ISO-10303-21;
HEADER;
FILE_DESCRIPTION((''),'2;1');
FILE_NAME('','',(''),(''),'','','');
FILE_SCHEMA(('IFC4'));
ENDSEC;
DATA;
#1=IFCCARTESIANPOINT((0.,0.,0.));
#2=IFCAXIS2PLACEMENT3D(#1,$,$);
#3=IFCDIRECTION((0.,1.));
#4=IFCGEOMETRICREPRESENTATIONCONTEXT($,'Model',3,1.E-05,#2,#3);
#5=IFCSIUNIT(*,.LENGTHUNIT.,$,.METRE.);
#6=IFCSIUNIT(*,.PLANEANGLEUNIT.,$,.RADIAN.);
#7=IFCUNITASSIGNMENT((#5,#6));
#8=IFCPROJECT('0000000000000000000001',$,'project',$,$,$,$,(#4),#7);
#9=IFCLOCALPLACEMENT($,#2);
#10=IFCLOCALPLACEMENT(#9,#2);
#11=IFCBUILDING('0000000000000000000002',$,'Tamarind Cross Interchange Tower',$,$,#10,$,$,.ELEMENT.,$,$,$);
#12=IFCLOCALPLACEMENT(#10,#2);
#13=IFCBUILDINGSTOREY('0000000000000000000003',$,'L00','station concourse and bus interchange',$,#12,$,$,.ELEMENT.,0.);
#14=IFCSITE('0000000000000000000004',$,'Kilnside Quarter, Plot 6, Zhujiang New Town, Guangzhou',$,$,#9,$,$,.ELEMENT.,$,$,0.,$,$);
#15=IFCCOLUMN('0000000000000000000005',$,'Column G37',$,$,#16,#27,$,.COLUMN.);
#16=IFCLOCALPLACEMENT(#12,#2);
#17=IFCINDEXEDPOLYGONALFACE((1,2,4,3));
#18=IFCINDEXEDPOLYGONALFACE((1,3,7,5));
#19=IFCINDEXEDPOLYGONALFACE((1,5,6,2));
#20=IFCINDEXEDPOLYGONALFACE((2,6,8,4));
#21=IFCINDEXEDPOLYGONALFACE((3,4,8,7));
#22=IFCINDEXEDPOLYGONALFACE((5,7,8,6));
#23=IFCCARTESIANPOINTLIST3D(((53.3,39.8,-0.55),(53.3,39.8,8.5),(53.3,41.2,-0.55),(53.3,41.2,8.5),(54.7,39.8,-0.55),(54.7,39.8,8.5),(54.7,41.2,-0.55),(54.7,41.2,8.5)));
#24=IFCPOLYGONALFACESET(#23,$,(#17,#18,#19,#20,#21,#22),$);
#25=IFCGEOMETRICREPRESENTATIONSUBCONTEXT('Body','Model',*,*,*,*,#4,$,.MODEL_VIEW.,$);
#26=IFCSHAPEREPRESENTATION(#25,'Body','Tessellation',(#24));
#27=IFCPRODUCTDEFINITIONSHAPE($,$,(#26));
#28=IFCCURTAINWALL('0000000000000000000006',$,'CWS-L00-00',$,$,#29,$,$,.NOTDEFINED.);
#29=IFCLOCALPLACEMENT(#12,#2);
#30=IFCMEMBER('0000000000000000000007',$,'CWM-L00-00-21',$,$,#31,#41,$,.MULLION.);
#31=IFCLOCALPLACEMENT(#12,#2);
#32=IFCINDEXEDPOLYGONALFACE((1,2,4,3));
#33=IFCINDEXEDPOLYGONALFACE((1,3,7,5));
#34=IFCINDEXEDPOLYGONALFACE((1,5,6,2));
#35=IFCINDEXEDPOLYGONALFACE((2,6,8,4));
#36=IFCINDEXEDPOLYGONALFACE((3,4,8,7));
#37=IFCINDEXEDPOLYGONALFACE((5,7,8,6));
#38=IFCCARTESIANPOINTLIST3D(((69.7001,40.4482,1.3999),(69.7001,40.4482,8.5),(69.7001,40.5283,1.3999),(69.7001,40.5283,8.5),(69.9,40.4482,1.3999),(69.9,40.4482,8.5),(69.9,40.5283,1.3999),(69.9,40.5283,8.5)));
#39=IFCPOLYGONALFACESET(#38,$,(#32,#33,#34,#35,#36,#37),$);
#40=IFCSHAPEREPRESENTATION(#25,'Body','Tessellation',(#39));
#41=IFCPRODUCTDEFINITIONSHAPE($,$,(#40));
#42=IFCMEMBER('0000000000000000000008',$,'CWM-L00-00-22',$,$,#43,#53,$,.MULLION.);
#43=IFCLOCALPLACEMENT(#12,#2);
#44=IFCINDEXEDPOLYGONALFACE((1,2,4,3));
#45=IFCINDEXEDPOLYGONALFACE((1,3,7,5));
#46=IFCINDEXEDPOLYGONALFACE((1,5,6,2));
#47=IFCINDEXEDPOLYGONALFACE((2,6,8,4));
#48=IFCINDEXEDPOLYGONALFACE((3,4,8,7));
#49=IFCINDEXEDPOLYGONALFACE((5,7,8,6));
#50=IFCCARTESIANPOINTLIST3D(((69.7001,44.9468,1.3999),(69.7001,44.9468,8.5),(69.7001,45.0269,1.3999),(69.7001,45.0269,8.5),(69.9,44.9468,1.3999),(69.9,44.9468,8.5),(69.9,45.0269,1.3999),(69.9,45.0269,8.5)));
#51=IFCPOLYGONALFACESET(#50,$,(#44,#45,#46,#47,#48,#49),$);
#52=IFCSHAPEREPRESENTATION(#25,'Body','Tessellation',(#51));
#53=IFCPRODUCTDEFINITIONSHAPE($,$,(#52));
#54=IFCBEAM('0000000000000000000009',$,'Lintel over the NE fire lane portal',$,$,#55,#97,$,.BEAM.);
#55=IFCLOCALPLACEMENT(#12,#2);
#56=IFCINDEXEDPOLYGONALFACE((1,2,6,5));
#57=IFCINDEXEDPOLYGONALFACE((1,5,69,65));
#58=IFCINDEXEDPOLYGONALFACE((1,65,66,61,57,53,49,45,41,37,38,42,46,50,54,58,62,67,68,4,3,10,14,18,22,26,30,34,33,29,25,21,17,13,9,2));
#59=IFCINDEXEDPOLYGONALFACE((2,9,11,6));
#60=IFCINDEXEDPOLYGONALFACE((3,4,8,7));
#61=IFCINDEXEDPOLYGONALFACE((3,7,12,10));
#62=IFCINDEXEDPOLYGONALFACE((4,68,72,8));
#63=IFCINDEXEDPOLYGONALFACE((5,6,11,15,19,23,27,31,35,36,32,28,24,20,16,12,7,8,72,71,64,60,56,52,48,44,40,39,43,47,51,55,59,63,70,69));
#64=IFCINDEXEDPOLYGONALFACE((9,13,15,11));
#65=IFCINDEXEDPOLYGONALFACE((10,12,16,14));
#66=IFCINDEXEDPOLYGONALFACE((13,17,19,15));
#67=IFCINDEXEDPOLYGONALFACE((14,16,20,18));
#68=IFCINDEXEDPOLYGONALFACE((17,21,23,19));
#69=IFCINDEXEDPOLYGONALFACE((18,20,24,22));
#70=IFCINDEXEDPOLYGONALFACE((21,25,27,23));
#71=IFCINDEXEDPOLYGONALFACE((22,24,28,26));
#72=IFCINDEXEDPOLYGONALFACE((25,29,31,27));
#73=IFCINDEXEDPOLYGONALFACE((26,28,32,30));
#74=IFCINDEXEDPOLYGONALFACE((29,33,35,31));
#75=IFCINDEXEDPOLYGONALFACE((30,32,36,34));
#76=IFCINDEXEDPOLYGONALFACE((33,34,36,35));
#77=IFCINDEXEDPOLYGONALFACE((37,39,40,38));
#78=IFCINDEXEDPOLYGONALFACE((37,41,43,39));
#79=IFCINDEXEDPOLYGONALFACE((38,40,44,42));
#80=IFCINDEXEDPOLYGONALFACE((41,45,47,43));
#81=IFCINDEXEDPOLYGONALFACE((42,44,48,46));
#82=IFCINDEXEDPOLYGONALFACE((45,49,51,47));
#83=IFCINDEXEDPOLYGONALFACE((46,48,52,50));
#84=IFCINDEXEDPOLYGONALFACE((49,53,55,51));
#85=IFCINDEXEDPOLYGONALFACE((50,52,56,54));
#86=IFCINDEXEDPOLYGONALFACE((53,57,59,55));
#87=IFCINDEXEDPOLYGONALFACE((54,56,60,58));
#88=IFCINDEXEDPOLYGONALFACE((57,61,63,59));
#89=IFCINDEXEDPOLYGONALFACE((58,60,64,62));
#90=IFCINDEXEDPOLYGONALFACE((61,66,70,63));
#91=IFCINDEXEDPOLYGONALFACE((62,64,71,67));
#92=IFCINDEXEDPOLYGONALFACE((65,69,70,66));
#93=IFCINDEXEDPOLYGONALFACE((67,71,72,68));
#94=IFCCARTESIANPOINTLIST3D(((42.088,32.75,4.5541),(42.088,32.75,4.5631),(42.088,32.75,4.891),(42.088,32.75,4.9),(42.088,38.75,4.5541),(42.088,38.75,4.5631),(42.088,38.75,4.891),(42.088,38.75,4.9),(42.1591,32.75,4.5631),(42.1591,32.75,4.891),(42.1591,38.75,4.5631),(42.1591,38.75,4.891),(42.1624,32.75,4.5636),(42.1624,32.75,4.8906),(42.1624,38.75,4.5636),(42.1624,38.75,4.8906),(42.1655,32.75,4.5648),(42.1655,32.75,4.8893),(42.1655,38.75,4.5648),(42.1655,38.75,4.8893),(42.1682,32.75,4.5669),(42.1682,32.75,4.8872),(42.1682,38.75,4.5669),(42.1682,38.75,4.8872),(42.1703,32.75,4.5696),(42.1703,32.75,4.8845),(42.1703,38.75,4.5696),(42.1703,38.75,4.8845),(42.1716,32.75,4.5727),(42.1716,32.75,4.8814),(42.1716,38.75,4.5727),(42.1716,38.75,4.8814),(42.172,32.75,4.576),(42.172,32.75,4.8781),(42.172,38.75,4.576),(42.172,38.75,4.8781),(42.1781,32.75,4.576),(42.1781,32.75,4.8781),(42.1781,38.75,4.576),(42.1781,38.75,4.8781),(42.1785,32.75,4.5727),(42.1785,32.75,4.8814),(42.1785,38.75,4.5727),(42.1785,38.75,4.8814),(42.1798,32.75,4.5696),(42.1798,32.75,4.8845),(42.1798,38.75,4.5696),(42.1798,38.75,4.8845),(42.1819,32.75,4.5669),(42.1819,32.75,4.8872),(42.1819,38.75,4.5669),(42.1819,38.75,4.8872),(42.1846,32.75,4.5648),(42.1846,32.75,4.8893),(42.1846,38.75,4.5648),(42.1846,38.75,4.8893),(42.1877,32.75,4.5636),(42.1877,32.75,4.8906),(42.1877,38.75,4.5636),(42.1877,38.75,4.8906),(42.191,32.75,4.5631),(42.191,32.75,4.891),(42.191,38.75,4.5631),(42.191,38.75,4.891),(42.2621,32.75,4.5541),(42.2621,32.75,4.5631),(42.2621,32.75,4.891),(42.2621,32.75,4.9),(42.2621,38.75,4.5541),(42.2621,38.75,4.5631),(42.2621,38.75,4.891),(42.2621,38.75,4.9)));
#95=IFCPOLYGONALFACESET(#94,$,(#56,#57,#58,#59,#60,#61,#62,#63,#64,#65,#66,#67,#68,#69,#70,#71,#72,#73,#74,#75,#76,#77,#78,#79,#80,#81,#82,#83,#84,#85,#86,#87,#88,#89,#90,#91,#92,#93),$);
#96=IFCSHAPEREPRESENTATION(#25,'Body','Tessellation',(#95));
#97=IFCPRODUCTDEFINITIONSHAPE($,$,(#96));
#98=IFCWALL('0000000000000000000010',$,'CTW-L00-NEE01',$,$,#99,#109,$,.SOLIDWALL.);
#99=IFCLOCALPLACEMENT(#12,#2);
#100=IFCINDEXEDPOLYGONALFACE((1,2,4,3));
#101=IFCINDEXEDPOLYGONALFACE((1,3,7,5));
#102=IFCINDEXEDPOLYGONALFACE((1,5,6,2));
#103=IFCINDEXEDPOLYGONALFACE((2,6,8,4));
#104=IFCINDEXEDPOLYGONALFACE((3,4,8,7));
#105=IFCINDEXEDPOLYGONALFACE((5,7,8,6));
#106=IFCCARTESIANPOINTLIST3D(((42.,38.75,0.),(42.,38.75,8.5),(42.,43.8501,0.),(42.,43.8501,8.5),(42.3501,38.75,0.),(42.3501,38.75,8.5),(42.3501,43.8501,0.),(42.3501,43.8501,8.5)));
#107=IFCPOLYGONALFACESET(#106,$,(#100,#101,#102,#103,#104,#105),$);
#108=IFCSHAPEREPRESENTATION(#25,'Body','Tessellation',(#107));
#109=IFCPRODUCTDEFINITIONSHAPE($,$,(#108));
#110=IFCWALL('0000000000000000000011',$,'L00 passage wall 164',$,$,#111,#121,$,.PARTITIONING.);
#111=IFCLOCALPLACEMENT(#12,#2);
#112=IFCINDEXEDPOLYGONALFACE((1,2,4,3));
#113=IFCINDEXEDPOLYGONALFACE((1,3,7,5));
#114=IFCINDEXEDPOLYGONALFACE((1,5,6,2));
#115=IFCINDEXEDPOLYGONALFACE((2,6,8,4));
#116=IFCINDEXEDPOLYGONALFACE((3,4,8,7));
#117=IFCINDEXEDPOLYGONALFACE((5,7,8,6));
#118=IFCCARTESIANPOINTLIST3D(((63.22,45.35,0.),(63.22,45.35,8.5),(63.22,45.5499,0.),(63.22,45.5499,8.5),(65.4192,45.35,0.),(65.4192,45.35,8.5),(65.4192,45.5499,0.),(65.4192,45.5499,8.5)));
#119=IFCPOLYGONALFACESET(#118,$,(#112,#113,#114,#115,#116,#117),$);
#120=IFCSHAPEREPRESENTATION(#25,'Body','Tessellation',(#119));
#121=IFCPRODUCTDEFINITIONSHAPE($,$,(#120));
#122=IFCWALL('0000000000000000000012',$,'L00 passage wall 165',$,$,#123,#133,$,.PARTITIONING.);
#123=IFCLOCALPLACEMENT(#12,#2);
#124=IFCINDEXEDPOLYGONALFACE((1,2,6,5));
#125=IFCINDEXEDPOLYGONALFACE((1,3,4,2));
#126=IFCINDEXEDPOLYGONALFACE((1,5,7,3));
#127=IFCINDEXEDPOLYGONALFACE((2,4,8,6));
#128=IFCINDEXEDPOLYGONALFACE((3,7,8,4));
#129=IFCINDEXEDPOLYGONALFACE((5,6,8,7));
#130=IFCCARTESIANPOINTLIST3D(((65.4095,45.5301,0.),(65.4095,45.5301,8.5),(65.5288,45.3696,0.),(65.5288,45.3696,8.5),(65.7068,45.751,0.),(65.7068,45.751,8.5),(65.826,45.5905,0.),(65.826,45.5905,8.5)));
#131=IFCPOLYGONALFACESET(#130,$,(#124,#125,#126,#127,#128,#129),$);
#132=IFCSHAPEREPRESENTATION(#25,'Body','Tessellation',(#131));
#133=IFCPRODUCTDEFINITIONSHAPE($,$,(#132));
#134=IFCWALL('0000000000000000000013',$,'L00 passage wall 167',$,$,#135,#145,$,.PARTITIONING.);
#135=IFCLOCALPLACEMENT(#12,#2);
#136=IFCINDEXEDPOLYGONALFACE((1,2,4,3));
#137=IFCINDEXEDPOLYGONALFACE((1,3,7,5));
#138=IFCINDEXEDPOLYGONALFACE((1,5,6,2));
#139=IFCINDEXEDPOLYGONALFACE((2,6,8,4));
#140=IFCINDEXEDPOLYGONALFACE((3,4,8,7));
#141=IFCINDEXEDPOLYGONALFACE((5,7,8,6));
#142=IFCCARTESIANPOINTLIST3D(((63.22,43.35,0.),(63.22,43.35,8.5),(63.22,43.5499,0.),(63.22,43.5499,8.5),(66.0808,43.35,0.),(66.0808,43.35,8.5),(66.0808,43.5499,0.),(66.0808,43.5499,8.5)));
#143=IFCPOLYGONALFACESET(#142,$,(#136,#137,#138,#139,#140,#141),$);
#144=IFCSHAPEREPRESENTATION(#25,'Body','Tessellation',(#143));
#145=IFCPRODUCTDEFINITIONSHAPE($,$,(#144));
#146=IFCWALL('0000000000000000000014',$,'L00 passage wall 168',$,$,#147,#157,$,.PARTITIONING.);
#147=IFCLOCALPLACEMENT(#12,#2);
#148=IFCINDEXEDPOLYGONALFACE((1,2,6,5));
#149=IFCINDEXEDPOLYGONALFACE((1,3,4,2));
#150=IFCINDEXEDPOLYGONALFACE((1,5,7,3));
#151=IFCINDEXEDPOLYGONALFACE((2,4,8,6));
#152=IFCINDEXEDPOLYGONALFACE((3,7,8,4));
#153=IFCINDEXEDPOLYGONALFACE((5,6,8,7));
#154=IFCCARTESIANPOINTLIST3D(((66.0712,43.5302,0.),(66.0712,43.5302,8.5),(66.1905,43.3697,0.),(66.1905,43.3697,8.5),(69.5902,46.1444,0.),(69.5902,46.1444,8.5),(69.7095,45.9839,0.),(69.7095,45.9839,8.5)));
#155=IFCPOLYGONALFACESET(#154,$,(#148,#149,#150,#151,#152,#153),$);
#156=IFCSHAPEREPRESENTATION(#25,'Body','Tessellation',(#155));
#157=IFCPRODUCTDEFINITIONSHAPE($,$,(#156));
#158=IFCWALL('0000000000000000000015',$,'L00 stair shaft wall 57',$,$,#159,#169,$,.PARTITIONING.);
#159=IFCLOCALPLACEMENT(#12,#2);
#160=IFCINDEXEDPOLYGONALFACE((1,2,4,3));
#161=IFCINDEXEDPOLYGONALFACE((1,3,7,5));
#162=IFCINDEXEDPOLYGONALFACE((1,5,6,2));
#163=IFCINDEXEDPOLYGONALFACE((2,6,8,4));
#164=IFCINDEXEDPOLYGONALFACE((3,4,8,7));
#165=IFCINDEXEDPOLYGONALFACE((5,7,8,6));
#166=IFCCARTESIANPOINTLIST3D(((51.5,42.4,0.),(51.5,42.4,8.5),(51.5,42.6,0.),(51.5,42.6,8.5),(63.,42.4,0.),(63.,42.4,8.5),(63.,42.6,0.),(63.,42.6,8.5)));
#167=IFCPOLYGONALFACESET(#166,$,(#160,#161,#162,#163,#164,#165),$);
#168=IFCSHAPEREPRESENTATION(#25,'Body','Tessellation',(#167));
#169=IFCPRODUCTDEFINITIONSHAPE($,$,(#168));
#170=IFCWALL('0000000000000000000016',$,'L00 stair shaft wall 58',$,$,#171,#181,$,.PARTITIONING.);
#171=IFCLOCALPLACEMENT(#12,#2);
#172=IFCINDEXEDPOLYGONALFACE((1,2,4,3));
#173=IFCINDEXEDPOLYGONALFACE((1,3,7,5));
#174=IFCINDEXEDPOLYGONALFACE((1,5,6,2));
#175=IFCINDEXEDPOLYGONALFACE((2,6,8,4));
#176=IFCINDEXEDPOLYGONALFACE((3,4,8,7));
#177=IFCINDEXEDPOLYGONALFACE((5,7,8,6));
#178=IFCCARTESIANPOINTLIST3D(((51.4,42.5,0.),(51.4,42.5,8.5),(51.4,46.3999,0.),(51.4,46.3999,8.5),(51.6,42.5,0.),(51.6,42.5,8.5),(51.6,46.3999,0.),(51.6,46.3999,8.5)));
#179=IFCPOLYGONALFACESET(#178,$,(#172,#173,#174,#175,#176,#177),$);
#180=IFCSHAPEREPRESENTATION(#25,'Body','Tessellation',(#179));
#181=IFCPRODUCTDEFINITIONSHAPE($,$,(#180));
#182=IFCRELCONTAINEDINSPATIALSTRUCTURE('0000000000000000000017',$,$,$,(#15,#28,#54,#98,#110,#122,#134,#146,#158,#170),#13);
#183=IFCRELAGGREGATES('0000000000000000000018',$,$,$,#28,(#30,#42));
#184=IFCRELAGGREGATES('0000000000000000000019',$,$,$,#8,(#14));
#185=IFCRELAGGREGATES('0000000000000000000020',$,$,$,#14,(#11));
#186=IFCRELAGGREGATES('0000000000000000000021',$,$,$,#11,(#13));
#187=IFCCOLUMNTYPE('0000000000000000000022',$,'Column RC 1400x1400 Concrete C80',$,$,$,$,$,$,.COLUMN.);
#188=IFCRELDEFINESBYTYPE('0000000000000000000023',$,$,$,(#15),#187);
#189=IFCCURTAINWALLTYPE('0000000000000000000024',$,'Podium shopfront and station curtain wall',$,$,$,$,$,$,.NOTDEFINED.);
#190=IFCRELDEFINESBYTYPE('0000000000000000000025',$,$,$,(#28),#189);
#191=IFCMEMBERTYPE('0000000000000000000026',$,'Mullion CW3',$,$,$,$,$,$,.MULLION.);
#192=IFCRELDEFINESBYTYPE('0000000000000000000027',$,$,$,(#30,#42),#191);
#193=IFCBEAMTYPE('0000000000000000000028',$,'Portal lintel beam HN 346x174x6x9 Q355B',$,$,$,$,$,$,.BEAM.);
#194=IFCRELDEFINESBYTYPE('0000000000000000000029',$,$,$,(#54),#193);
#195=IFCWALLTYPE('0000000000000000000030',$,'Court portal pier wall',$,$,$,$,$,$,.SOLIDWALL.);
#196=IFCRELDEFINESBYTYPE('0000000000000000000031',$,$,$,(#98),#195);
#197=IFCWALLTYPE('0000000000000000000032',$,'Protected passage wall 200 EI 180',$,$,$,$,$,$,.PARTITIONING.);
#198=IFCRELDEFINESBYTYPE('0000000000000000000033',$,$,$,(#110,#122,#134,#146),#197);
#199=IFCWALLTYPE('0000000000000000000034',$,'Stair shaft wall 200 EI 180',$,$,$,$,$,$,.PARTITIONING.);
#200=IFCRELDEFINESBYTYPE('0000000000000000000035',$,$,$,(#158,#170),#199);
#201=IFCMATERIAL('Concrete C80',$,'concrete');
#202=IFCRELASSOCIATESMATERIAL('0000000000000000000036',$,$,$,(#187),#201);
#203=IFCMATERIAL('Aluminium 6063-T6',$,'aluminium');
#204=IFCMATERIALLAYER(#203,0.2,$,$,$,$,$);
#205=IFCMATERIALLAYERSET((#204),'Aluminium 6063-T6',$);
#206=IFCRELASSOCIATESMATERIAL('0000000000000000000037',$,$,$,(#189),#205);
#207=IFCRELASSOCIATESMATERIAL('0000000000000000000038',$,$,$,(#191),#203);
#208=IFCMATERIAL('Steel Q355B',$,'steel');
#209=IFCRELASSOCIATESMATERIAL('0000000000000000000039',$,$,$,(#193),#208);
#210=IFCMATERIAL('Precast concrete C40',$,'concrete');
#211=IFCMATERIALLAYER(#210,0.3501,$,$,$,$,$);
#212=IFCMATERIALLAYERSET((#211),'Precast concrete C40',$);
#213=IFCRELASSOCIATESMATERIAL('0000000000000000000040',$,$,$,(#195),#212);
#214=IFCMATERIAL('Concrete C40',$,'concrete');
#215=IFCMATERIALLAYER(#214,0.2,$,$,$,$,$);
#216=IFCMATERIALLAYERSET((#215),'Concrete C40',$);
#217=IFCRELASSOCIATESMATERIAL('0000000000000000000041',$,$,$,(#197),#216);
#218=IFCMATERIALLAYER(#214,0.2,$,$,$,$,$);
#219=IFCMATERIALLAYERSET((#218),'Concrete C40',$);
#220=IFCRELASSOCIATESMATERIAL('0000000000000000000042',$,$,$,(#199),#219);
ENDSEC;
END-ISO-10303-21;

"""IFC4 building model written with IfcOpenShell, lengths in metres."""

from ifc_helpers import new_model, si_unit, direction, frame, frame_2d, origin, origin_2d, place, context, subcontext, project, spatial, rectangle, i_section, extrude, material, layer, layer_set, material_profile, profile_set, type_object, element, aggregate, save


model = new_model("IFC4")

# Units and contexts
model_context = context("Model", 3, precision=1e-05, world=origin(), true_north=direction((0.0, 1.0)))
body_context = subcontext(model_context, "Body", "Model", "MODEL_VIEW")
ifc_project = project(units=[si_unit("LENGTHUNIT", "METRE"), si_unit("PLANEANGLEUNIT", "RADIAN")], contexts=[model_context])

# Site, building, storey
site_placement = place(None, origin())
site = spatial("IfcSite", under=ifc_project, at=site_placement, Name="Kilnside Quarter, Plot 6, Zhujiang New Town, Guangzhou", CompositionType="ELEMENT", RefElevation=0.0)
building_placement = place(site_placement, origin())
building = spatial("IfcBuilding", under=site, at=building_placement, Name="Tamarind Cross Interchange Tower", CompositionType="ELEMENT")
storey_placement = place(building_placement, origin())
storey = spatial("IfcBuildingStorey", under=building, at=storey_placement, Name="L00", Description="station concourse and bus interchange", CompositionType="ELEMENT", Elevation=0.0)

# Column
ifc_material_1 = material(Name="Concrete C80", Category="concrete")
ifc_material_profile_1 = material_profile(ifc_material_1, rectangle(XDim=1.3999, YDim=1.3999, at=origin_2d()), Name="RC 1400x1400")
ifc_profile_set_1 = profile_set([ifc_material_profile_1], Name="Concrete C80")
column_type = type_object("IfcColumnType", Name="Column RC 1400x1400 Concrete C80", PredefinedType="COLUMN", material=ifc_profile_set_1)
column_placement = place(storey_placement, frame((54.0, 40.5, -0.55), z_axis=(0.0, 0.0, 1.0), x_axis=(1.0, 0.0, 0.0)))
element("IfcColumn", 1, at=column_placement, inside=storey, type_object=column_type, Name="Column G37", PredefinedType="COLUMN", context=body_context, shape_type="SweptSolid", body=[
    extrude(rectangle(XDim=1.3999, YDim=1.3999, at=origin_2d()), origin(), (0.0, 0.0, 1.0), 9.05),
])

# Curtain wall, members
ifc_material_2 = material(Name="Aluminium 6063-T6", Category="aluminium")
ifc_layer_1 = layer(ifc_material_2, 0.2)
ifc_layer_set_1 = layer_set([ifc_layer_1], Name="Aluminium 6063-T6")
curtain_wall_type = type_object("IfcCurtainWallType", Name="Podium shopfront and station curtain wall", PredefinedType="NOTDEFINED", material=ifc_layer_set_1)
curtain_wall_placement = place(storey_placement, origin())
curtain_wall = element("IfcCurtainWall", 2, at=curtain_wall_placement, inside=storey, type_object=curtain_wall_type, Name="CWS-L00-00", PredefinedType="NOTDEFINED")
ifc_material_profile_2 = material_profile(ifc_material_2, rectangle(XDim=0.0801, YDim=0.2, at=origin_2d()), Name="Mullion CW3")
ifc_profile_set_2 = profile_set([ifc_material_profile_2], Name="Aluminium 6063-T6")
member_type = type_object("IfcMemberType", Name="Mullion CW3", PredefinedType="MULLION", material=ifc_profile_set_2)
member_1_placement = place(storey_placement, frame((69.8, 40.4883, 1.3999), z_axis=(0.0, 0.0, 1.0), x_axis=(0.0, 1.0, 0.0)))
member_1 = element("IfcMember", 3, at=member_1_placement, type_object=member_type, Name="CWM-L00-00-21", PredefinedType="MULLION", context=body_context, shape_type="SweptSolid", body=[
    extrude(rectangle(XDim=0.0801, YDim=0.2, at=origin_2d()), origin(), (0.0, 0.0, 1.0), 7.1001),
])
member_2_placement = place(storey_placement, frame((69.8, 44.9868, 1.3999), z_axis=(0.0, 0.0, 1.0), x_axis=(0.0, 1.0, 0.0)))
member_2 = element("IfcMember", 4, at=member_2_placement, type_object=member_type, Name="CWM-L00-00-22", PredefinedType="MULLION", context=body_context, shape_type="SweptSolid", body=[
    extrude(rectangle(XDim=0.0801, YDim=0.2, at=origin_2d()), origin(), (0.0, 0.0, 1.0), 7.1001),
])
aggregate(curtain_wall, [member_1, member_2])

# Beam
ifc_material_3 = material(Name="Steel Q355B", Category="steel")
ifc_material_profile_3 = material_profile(ifc_material_3, i_section(OverallWidth=0.1741, OverallDepth=0.3459, WebThickness=0.0061, FlangeThickness=0.009, FilletRadius=0.0129, at=origin_2d()), Name="HN 346x174x6x9")
ifc_profile_set_3 = profile_set([ifc_material_profile_3], Name="Steel Q355B")
beam_type = type_object("IfcBeamType", Name="Portal lintel beam HN 346x174x6x9 Q355B", PredefinedType="BEAM", material=ifc_profile_set_3)
beam_placement = place(storey_placement, frame((42.175, 32.75, 4.7271), z_axis=(0.0, 1.0, 0.0), x_axis=(-1.0, 0.0, 0.0)))
element("IfcBeam", 5, at=beam_placement, inside=storey, type_object=beam_type, Name="Lintel over the NE fire lane portal", PredefinedType="BEAM", context=body_context, shape_type="SweptSolid", body=[
    extrude(i_section(OverallWidth=0.1741, OverallDepth=0.3459, WebThickness=0.0061, FlangeThickness=0.009, FilletRadius=0.0129, at=origin_2d()), origin(), (0.0, 0.0, 1.0), 6.0),
])

# Wall
ifc_material_4 = material(Name="Precast concrete C40", Category="concrete")
ifc_layer_2 = layer(ifc_material_4, 0.3501)
ifc_layer_set_2 = layer_set([ifc_layer_2], Name="Precast concrete C40")
wall_type_1 = type_object("IfcWallType", Name="Court portal pier wall", PredefinedType="SOLIDWALL", material=ifc_layer_set_2)
wall_1_placement = place(storey_placement, frame((42.175, 38.75, 0.0), z_axis=(0.0, 0.0, 1.0), x_axis=(0.0, 1.0, 0.0)))
element("IfcWall", 6, at=wall_1_placement, inside=storey, type_object=wall_type_1, Name="CTW-L00-NEE01", PredefinedType="SOLIDWALL", context=body_context, shape_type="SweptSolid", body=[
    extrude(rectangle(XDim=5.1001, YDim=0.3501, at=frame_2d((2.55, 0.0))), origin(), (0.0, 0.0, 1.0), 8.5),
])

# Walls
ifc_material_5 = material(Name="Concrete C40", Category="concrete")
ifc_layer_3 = layer(ifc_material_5, 0.2)
ifc_layer_set_3 = layer_set([ifc_layer_3], Name="Concrete C40")
wall_type_2 = type_object("IfcWallType", Name="Protected passage wall 200 EI 180", PredefinedType="PARTITIONING", material=ifc_layer_set_3)
wall_2_placement = place(storey_placement, frame((63.22, 45.45, 0.0), z_axis=(0.0, 0.0, 1.0), x_axis=(1.0, 0.0, 0.0)))
element("IfcWall", 7, at=wall_2_placement, inside=storey, type_object=wall_type_2, Name="L00 passage wall 164", PredefinedType="PARTITIONING", context=body_context, shape_type="SweptSolid", body=[
    extrude(rectangle(XDim=2.1992, YDim=0.2, at=frame_2d((1.0996, 0.0))), origin(), (0.0, 0.0, 1.0), 8.5),
])
wall_3_placement = place(storey_placement, frame((65.4692, 45.45, 0.0), z_axis=(0.0, 0.0, 1.0), x_axis=(0.802681, 0.596409, 0.0)))
element("IfcWall", 8, at=wall_3_placement, inside=storey, type_object=wall_type_2, Name="L00 passage wall 165", PredefinedType="PARTITIONING", context=body_context, shape_type="SweptSolid", body=[
    extrude(rectangle(XDim=0.3704, YDim=0.2, at=frame_2d((0.1851, 0.0))), origin(), (0.0, 0.0, 1.0), 8.5),
])
wall_4_placement = place(storey_placement, frame((63.22, 43.45, 0.0), z_axis=(0.0, 0.0, 1.0), x_axis=(1.0, 0.0, 0.0)))
element("IfcWall", 9, at=wall_4_placement, inside=storey, type_object=wall_type_2, Name="L00 passage wall 167", PredefinedType="PARTITIONING", context=body_context, shape_type="SweptSolid", body=[
    extrude(rectangle(XDim=2.8608, YDim=0.2, at=frame_2d((1.4304, 0.0))), origin(), (0.0, 0.0, 1.0), 8.5),
])
wall_5_placement = place(storey_placement, frame((66.1309, 43.45, 0.0), z_axis=(0.0, 0.0, 1.0), x_axis=(0.802732, 0.59634, 0.0)))
element("IfcWall", 10, at=wall_5_placement, inside=storey, type_object=wall_type_2, Name="L00 passage wall 168", PredefinedType="PARTITIONING", context=body_context, shape_type="SweptSolid", body=[
    extrude(rectangle(XDim=4.3838, YDim=0.2, at=frame_2d((2.1919, 0.0))), origin(), (0.0, 0.0, 1.0), 8.5),
])
ifc_layer_4 = layer(ifc_material_5, 0.2)
ifc_layer_set_4 = layer_set([ifc_layer_4], Name="Concrete C40")
wall_type_3 = type_object("IfcWallType", Name="Stair shaft wall 200 EI 180", PredefinedType="PARTITIONING", material=ifc_layer_set_4)
wall_6_placement = place(storey_placement, frame((51.5, 42.5, 0.0), z_axis=(0.0, 0.0, 1.0), x_axis=(1.0, 0.0, 0.0)))
element("IfcWall", 11, at=wall_6_placement, inside=storey, type_object=wall_type_3, Name="L00 stair shaft wall 57", PredefinedType="PARTITIONING", context=body_context, shape_type="SweptSolid", body=[
    extrude(rectangle(XDim=11.5, YDim=0.2, at=frame_2d((5.75, 0.0))), origin(), (0.0, 0.0, 1.0), 8.5),
])
wall_7_placement = place(storey_placement, frame((51.5, 42.5, 0.0), z_axis=(0.0, 0.0, 1.0), x_axis=(0.0, 1.0, 0.0)))
element("IfcWall", 12, at=wall_7_placement, inside=storey, type_object=wall_type_3, Name="L00 stair shaft wall 58", PredefinedType="PARTITIONING", context=body_context, shape_type="SweptSolid", body=[
    extrude(rectangle(XDim=3.8999, YDim=0.2, at=frame_2d((1.95, 0.0))), origin(), (0.0, 0.0, 1.0), 8.5),
])

save(model, "model.ifc")
